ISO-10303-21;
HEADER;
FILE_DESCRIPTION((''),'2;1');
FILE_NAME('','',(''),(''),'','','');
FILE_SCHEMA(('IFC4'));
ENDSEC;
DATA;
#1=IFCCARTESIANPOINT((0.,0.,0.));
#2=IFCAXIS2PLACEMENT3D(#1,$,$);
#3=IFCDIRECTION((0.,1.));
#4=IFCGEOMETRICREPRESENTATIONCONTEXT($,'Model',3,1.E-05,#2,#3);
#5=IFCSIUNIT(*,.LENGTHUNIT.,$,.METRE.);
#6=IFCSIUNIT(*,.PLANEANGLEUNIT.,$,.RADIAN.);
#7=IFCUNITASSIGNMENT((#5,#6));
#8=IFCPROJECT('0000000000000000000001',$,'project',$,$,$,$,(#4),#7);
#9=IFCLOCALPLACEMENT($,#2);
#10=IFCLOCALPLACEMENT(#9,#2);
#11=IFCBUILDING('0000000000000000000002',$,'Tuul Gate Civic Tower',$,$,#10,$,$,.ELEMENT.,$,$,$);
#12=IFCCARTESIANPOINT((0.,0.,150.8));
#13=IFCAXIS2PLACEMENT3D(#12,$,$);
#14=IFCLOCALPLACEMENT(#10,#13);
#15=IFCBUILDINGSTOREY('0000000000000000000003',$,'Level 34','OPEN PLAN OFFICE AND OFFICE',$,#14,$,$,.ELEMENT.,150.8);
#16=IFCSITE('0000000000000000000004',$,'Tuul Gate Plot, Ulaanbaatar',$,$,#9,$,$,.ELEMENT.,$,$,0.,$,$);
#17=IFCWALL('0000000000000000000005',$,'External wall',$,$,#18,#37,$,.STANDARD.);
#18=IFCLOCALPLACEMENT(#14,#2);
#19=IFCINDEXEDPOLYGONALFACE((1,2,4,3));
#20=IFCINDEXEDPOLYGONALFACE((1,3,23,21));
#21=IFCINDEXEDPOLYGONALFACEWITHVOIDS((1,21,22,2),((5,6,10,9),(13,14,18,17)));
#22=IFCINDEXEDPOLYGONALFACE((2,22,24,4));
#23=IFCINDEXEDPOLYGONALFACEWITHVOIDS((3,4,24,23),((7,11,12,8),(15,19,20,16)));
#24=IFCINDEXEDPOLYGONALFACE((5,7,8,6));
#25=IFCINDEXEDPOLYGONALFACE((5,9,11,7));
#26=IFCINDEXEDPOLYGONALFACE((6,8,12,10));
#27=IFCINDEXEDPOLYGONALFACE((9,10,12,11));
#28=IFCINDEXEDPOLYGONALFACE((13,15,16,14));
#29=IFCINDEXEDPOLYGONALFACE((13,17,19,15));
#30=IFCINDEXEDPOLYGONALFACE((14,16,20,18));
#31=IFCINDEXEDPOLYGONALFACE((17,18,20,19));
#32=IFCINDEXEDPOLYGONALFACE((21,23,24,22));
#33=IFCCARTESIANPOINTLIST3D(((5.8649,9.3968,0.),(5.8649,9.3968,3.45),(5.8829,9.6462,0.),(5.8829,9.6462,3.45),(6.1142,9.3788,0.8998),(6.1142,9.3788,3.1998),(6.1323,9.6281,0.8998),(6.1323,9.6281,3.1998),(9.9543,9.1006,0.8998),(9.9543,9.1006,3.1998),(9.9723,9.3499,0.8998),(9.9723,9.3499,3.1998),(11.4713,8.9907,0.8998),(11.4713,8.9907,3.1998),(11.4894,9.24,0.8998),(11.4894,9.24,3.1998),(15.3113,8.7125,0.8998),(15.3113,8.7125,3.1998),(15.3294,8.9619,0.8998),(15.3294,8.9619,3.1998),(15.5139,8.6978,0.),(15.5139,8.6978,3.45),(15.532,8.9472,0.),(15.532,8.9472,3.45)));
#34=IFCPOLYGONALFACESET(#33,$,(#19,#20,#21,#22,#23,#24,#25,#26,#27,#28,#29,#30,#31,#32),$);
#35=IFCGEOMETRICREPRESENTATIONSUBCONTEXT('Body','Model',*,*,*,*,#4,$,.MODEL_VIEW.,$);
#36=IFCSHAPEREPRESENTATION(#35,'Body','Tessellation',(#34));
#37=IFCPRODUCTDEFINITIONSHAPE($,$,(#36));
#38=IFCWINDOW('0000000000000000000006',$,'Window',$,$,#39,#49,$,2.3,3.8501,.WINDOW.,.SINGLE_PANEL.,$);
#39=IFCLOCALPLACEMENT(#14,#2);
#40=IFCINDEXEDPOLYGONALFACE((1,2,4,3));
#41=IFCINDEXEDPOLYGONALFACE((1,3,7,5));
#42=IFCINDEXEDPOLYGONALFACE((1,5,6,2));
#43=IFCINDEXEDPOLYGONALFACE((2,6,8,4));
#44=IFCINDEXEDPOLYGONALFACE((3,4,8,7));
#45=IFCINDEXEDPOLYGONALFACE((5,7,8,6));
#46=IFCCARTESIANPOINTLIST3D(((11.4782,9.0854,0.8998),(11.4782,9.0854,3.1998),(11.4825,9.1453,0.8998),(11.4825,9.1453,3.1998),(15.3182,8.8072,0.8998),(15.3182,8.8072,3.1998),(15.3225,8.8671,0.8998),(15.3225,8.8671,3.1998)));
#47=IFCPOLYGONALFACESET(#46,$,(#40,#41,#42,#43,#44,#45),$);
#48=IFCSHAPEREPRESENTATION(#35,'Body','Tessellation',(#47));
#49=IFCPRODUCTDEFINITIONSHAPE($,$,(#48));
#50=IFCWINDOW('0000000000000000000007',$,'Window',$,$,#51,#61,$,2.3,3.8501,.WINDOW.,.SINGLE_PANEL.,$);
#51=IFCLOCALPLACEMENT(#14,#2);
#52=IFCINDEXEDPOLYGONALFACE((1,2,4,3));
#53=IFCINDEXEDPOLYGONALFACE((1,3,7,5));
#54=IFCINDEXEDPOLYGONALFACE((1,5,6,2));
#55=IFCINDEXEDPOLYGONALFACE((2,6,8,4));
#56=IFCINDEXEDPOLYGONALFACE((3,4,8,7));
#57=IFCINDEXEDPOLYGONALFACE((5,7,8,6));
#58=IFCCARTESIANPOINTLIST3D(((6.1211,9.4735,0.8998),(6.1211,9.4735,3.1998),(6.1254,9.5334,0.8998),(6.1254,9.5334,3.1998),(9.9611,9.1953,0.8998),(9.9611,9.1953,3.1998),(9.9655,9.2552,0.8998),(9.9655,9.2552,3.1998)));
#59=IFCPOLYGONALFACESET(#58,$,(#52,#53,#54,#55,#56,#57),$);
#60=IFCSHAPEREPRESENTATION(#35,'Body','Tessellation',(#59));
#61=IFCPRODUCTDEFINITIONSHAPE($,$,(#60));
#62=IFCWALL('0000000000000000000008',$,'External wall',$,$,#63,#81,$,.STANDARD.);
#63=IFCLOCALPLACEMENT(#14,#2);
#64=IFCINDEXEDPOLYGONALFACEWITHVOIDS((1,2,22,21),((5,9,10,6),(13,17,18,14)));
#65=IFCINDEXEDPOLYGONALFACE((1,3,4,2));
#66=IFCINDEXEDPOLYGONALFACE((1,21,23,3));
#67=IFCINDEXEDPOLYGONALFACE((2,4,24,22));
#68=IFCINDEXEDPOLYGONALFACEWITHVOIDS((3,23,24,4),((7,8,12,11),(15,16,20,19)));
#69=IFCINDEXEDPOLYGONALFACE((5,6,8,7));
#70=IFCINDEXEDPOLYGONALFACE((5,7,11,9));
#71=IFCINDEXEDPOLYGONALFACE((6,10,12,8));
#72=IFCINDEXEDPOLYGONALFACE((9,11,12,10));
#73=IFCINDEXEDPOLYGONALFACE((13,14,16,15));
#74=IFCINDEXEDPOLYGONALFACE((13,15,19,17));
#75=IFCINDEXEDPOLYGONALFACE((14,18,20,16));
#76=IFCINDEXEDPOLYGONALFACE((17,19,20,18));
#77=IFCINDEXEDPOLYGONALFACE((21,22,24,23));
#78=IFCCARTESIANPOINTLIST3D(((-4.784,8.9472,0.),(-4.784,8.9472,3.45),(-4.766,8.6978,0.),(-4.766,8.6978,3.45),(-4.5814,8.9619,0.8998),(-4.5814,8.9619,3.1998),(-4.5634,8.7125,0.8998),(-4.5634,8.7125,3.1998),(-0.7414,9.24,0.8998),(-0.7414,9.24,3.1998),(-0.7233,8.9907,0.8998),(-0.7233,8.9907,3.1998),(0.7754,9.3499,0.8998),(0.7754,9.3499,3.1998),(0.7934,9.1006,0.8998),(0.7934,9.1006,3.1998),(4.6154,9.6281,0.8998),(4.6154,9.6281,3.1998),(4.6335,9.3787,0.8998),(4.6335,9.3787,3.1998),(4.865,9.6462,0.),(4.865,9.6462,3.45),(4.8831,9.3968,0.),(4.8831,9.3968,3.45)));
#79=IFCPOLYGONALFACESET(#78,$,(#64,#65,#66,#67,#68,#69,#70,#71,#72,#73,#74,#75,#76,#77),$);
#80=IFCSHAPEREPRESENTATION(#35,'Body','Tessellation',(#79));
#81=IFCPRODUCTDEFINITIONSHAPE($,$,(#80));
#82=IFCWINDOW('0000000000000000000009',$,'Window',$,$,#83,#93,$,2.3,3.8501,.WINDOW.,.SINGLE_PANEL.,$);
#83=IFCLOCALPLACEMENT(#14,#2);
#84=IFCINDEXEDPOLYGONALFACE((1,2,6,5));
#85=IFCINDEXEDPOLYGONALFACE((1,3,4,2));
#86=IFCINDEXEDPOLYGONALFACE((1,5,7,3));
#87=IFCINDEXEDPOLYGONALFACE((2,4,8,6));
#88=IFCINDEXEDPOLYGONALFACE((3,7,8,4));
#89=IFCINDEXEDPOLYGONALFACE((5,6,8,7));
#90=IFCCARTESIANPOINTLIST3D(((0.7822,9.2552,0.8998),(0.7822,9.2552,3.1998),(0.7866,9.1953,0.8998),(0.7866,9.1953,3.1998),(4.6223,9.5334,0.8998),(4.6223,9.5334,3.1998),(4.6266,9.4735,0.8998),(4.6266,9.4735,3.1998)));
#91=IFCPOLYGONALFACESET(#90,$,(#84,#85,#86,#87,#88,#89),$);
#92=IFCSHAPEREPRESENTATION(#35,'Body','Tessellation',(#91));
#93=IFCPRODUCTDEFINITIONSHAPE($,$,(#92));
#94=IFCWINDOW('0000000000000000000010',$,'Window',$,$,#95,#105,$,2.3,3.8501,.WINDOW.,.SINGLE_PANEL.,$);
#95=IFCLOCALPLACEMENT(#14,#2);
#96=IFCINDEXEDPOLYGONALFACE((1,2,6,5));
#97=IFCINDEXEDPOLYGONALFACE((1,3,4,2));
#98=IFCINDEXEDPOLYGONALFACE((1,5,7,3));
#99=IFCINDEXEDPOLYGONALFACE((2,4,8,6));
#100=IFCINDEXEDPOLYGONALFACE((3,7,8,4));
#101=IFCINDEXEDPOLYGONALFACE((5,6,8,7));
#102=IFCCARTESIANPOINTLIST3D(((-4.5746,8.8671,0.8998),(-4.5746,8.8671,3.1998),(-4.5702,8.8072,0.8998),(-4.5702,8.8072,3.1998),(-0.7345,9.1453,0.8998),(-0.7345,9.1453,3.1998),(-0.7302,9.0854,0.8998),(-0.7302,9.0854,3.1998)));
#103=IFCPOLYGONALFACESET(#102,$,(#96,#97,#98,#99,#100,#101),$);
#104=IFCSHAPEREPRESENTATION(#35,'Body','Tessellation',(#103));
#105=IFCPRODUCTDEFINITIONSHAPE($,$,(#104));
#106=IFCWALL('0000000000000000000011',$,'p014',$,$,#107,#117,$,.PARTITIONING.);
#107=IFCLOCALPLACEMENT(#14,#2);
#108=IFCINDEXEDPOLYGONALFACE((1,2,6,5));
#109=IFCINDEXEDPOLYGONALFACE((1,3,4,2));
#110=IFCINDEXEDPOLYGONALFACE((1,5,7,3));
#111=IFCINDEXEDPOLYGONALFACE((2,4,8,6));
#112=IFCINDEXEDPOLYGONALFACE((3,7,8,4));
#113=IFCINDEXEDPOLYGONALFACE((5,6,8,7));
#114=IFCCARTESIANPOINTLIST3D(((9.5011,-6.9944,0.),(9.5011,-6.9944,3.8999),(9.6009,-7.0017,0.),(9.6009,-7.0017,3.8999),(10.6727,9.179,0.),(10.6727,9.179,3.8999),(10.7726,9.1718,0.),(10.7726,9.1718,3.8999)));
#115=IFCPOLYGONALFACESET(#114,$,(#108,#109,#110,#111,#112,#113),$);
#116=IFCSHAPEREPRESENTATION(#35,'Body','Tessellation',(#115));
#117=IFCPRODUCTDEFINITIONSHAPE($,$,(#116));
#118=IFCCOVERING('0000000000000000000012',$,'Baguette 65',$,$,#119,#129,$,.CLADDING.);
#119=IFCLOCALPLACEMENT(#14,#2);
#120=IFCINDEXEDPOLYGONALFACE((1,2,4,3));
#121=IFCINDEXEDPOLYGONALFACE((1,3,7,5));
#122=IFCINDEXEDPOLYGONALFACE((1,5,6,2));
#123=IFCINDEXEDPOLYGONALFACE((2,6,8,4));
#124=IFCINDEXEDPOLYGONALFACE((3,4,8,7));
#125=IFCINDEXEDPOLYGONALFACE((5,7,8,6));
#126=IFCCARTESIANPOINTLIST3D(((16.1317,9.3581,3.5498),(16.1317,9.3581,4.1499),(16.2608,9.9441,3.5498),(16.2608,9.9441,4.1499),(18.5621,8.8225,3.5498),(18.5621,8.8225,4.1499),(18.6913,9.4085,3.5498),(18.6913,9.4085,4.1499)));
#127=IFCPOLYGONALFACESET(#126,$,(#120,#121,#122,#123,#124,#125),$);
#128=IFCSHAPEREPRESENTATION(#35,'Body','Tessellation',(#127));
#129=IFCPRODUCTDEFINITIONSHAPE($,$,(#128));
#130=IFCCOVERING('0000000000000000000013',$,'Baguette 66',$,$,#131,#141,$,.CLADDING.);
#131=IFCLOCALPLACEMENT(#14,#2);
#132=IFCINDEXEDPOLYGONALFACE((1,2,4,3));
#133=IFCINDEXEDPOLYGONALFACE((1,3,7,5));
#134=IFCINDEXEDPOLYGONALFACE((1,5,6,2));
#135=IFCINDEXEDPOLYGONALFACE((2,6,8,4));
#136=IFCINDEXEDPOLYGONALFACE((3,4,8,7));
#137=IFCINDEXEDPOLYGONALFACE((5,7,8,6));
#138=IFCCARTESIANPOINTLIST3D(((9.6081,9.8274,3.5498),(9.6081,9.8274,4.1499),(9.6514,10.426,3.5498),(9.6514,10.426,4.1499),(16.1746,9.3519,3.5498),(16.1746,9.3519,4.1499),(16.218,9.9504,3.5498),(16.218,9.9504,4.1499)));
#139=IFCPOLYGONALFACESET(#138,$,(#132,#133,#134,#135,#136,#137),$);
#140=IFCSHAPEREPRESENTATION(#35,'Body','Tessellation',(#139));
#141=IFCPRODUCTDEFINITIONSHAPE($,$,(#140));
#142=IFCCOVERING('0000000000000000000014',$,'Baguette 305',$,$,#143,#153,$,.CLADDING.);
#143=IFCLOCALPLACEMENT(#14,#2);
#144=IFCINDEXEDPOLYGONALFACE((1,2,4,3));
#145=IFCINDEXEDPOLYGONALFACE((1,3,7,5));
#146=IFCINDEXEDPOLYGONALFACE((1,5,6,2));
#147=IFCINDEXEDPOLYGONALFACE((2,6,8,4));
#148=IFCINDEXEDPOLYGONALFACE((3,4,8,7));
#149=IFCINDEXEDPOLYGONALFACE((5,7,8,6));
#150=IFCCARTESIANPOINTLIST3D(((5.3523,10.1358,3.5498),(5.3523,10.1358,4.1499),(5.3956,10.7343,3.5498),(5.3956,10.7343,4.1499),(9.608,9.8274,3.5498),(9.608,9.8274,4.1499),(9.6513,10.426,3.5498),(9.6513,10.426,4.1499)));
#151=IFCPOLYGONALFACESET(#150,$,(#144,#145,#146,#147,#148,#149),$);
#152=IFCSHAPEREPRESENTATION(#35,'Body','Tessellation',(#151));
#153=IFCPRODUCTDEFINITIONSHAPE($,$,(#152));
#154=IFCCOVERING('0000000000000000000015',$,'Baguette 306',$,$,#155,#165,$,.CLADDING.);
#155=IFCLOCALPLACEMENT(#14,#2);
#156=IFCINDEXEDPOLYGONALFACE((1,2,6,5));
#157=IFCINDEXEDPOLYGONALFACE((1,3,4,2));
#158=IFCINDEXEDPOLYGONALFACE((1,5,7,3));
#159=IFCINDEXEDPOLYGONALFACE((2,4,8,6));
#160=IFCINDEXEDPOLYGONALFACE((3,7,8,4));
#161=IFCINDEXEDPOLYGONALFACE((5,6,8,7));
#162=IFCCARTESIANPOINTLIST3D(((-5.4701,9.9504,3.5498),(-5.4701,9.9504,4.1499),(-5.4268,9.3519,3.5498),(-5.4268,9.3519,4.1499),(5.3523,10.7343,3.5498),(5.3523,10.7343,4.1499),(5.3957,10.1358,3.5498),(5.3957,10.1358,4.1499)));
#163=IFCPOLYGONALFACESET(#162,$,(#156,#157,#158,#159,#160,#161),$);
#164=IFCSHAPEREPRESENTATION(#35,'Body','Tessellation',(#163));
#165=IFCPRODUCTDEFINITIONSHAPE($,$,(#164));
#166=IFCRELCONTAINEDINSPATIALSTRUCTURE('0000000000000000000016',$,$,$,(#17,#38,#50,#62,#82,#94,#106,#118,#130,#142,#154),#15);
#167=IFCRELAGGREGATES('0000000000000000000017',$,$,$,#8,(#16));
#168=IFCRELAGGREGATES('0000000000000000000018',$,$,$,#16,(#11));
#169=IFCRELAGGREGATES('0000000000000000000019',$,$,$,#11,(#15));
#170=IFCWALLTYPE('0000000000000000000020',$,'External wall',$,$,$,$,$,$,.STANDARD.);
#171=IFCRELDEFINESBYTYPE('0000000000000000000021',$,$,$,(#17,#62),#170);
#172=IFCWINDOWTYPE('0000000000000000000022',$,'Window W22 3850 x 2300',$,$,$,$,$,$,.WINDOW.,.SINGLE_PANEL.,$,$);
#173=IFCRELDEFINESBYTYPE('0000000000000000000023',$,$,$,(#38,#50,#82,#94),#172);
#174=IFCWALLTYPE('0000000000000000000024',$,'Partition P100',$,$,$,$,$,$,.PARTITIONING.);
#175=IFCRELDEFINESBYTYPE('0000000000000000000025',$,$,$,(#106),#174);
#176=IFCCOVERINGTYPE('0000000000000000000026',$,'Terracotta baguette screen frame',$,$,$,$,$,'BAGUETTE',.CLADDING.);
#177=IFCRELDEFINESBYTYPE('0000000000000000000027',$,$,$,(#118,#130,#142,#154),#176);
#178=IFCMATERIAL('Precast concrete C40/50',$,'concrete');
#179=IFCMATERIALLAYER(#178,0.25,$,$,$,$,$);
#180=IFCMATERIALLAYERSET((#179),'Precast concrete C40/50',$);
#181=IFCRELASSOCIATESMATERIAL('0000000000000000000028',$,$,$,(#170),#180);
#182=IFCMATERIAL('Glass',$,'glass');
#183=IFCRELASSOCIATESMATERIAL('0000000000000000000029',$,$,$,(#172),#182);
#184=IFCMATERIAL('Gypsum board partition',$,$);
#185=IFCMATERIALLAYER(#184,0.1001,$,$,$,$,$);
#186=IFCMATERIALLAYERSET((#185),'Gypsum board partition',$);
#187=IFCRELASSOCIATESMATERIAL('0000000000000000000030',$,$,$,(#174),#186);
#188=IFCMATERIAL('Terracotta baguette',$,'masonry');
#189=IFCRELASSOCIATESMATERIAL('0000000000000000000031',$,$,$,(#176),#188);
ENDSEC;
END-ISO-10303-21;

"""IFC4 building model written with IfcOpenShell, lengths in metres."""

from ifc_helpers import new_model, si_unit, direction, frame, frame_2d, origin, origin_2d, place, context, subcontext, project, spatial, rectangle, extrude, material, layer, layer_set, material_profile, profile_set, type_object, element, fill, save


model = new_model("IFC4")

# Units and contexts
model_context = context("Model", 3, precision=1e-05, world=origin(), true_north=direction((0.0, 1.0)))
body_context = subcontext(model_context, "Body", "Model", "MODEL_VIEW")
ifc_project = project(units=[si_unit("LENGTHUNIT", "METRE"), si_unit("PLANEANGLEUNIT", "RADIAN")], contexts=[model_context])

# Site, building, storey
site_placement = place(None, origin())
site = spatial("IfcSite", under=ifc_project, at=site_placement, Name="Tuul Gate Plot, Ulaanbaatar", CompositionType="ELEMENT", RefElevation=0.0)
building_placement = place(site_placement, origin())
building = spatial("IfcBuilding", under=site, at=building_placement, Name="Tuul Gate Civic Tower", CompositionType="ELEMENT")
storey_placement = place(building_placement, frame((0.0, 0.0, 150.8)))
storey = spatial("IfcBuildingStorey", under=building, at=storey_placement, Name="Level 34", Description="OPEN PLAN OFFICE AND OFFICE", CompositionType="ELEMENT", Elevation=150.8)

# Walls, openings, windows
ifc_material_1 = material(Name="Precast concrete C40/50", Category="concrete")
ifc_layer_1 = layer(ifc_material_1, 0.25)
ifc_layer_set_1 = layer_set([ifc_layer_1], Name="Precast concrete C40/50")
wall_type_1 = type_object("IfcWallType", Name="External wall", PredefinedType="STANDARD", material=ifc_layer_set_1)
wall_1_placement = place(storey_placement, frame((15.5229, 8.8225, 0.0), z_axis=(0.0, 0.0, 1.0), x_axis=(-0.997386, 0.072251, 0.0)))
wall_1 = element("IfcWall", 1, at=wall_1_placement, inside=storey, type_object=wall_type_1, Name="External wall", PredefinedType="STANDARD", context=body_context, shape_type="SweptSolid", body=[
    extrude(rectangle(XDim=9.6743, YDim=0.25, at=frame_2d((4.8372, 0.0))), origin(), (0.0, 0.0, 1.0), 3.45),
])
opening_1_placement = place(wall_1_placement, frame((0.2031, 0.0, 0.8999)))
opening_1 = element("IfcOpeningElement", 2, at=opening_1_placement, cuts=wall_1, PredefinedType="OPENING", context=body_context, shape_type="SweptSolid", body=[
    extrude(rectangle(XDim=3.8501, YDim=2.3, at=frame_2d((1.925, 1.1499))), frame((0.0, 0.135, 0.0), z_axis=(0.0, -1.0, 0.0), x_axis=(1.0, 0.0, 0.0)), (0.0, 0.0, 1.0), 0.27),
])
opening_2_placement = place(wall_1_placement, frame((5.5742, 0.0, 0.8999)))
opening_2 = element("IfcOpeningElement", 3, at=opening_2_placement, cuts=wall_1, PredefinedType="OPENING", context=body_context, shape_type="SweptSolid", body=[
    extrude(rectangle(XDim=3.8501, YDim=2.3, at=frame_2d((1.925, 1.1499))), frame((0.0, 0.135, 0.0), z_axis=(0.0, -1.0, 0.0), x_axis=(1.0, 0.0, 0.0)), (0.0, 0.0, 1.0), 0.27),
])
ifc_material_2 = material(Name="Glass", Category="glass")
window_type = type_object("IfcWindowType", Name="Window W22 3850 x 2300", PartitioningType="SINGLE_PANEL", PredefinedType="WINDOW", material=ifc_material_2)
window_1_placement = place(opening_1_placement, origin())
window_1 = element("IfcWindow", 4, at=window_1_placement, inside=storey, type_object=window_type, Name="Window", OverallHeight=2.3, OverallWidth=3.8501, PartitioningType="SINGLE_PANEL", PredefinedType="WINDOW", context=body_context, shape_type="SweptSolid", body=[
    extrude(rectangle(XDim=3.8501, YDim=2.3, at=frame_2d((1.925, 1.1499))), frame((0.0, 0.03, 0.0), z_axis=(0.0, -1.0, 0.0), x_axis=(1.0, 0.0, 0.0)), (0.0, 0.0, 1.0), 0.0601),
])
fill(opening_1, window_1)
window_2_placement = place(opening_2_placement, origin())
window_2 = element("IfcWindow", 5, at=window_2_placement, inside=storey, type_object=window_type, Name="Window", OverallHeight=2.3, OverallWidth=3.8501, PartitioningType="SINGLE_PANEL", PredefinedType="WINDOW", context=body_context, shape_type="SweptSolid", body=[
    extrude(rectangle(XDim=3.8501, YDim=2.3, at=frame_2d((1.925, 1.1499))), frame((0.0, 0.03, 0.0), z_axis=(0.0, -1.0, 0.0), x_axis=(1.0, 0.0, 0.0)), (0.0, 0.0, 1.0), 0.0601),
])
fill(opening_2, window_2)
wall_2_placement = place(storey_placement, frame((4.874, 9.5215, 0.0), z_axis=(0.0, 0.0, 1.0), x_axis=(-0.997386, -0.072251, 0.0)))
wall_2 = element("IfcWall", 6, at=wall_2_placement, inside=storey, type_object=wall_type_1, Name="External wall", PredefinedType="STANDARD", context=body_context, shape_type="SweptSolid", body=[
    extrude(rectangle(XDim=9.6743, YDim=0.25, at=frame_2d((4.8372, 0.0))), origin(), (0.0, 0.0, 1.0), 3.45),
])
opening_3_placement = place(wall_2_placement, frame((0.2502, 0.0, 0.8999)))
opening_3 = element("IfcOpeningElement", 7, at=opening_3_placement, cuts=wall_2, PredefinedType="OPENING", context=body_context, shape_type="SweptSolid", body=[
    extrude(rectangle(XDim=3.8501, YDim=2.3, at=frame_2d((1.925, 1.1499))), frame((0.0, 0.135, 0.0), z_axis=(0.0, -1.0, 0.0), x_axis=(1.0, 0.0, 0.0)), (0.0, 0.0, 1.0), 0.27),
])
opening_4_placement = place(wall_2_placement, frame((5.6211, 0.0, 0.8999)))
opening_4 = element("IfcOpeningElement", 8, at=opening_4_placement, cuts=wall_2, PredefinedType="OPENING", context=body_context, shape_type="SweptSolid", body=[
    extrude(rectangle(XDim=3.8501, YDim=2.3, at=frame_2d((1.925, 1.1499))), frame((0.0, 0.135, 0.0), z_axis=(0.0, -1.0, 0.0), x_axis=(1.0, 0.0, 0.0)), (0.0, 0.0, 1.0), 0.27),
])
window_3_placement = place(opening_3_placement, origin())
window_3 = element("IfcWindow", 9, at=window_3_placement, inside=storey, type_object=window_type, Name="Window", OverallHeight=2.3, OverallWidth=3.8501, PartitioningType="SINGLE_PANEL", PredefinedType="WINDOW", context=body_context, shape_type="SweptSolid", body=[
    extrude(rectangle(XDim=3.8501, YDim=2.3, at=frame_2d((1.925, 1.1499))), frame((0.0, 0.03, 0.0), z_axis=(0.0, -1.0, 0.0), x_axis=(1.0, 0.0, 0.0)), (0.0, 0.0, 1.0), 0.0601),
])
fill(opening_3, window_3)
window_4_placement = place(opening_4_placement, origin())
window_4 = element("IfcWindow", 10, at=window_4_placement, inside=storey, type_object=window_type, Name="Window", OverallHeight=2.3, OverallWidth=3.8501, PartitioningType="SINGLE_PANEL", PredefinedType="WINDOW", context=body_context, shape_type="SweptSolid", body=[
    extrude(rectangle(XDim=3.8501, YDim=2.3, at=frame_2d((1.925, 1.1499))), frame((0.0, 0.03, 0.0), z_axis=(0.0, -1.0, 0.0), x_axis=(1.0, 0.0, 0.0)), (0.0, 0.0, 1.0), 0.0601),
])
fill(opening_4, window_4)

# Wall
ifc_material_3 = material(Name="Gypsum board partition")
ifc_layer_2 = layer(ifc_material_3, 0.1001)
ifc_layer_set_2 = layer_set([ifc_layer_2], Name="Gypsum board partition")
wall_type_2 = type_object("IfcWallType", Name="Partition P100", PredefinedType="PARTITIONING", material=ifc_layer_set_2)
wall_3_placement = place(storey_placement, frame((9.551, -6.998, 0.0), z_axis=(0.0, 0.0, 1.0), x_axis=(0.072253, 0.997386, 0.0)))
element("IfcWall", 11, at=wall_3_placement, inside=storey, type_object=wall_type_2, Name="p014", PredefinedType="PARTITIONING", context=body_context, shape_type="SweptSolid", body=[
    extrude(rectangle(XDim=16.2158, YDim=0.1001, at=frame_2d((8.1079, 0.0))), origin(), (0.0, 0.0, 1.0), 3.8999),
])

# Coverings
ifc_material_4 = material(Name="Terracotta baguette", Category="masonry")
ifc_material_profile_1 = material_profile(ifc_material_4, rectangle(XDim=0.6001, YDim=0.6001, at=origin_2d()), Name="Terracotta baguette screen frame")
ifc_profile_set_1 = profile_set([ifc_material_profile_1], Name="Terracotta baguette")
covering_type = type_object("IfcCoveringType", Name="Terracotta baguette screen frame", ElementType="BAGUETTE", PredefinedType="CLADDING", material=ifc_profile_set_1)
covering_1_placement = place(storey_placement, frame((18.6267, 9.1155, 3.8499), z_axis=(-0.976564, 0.215227, 0.0), x_axis=(-0.215227, -0.976564, 0.0)))
element("IfcCovering", 12, at=covering_1_placement, inside=storey, type_object=covering_type, Name="Baguette 65", PredefinedType="CLADDING", context=body_context, shape_type="SweptSolid", body=[
    extrude(rectangle(XDim=0.6001, YDim=0.6001, at=origin_2d()), origin(), (0.0, 0.0, 1.0), 2.4888),
])
covering_2_placement = place(storey_placement, frame((16.1963, 9.6511, 3.8499), z_axis=(-0.997388, 0.072235, 0.0), x_axis=(-0.072235, -0.997388, 0.0)))
element("IfcCovering", 13, at=covering_2_placement, inside=storey, type_object=covering_type, Name="Baguette 66", PredefinedType="CLADDING", context=body_context, shape_type="SweptSolid", body=[
    extrude(rectangle(XDim=0.6001, YDim=0.6001, at=origin_2d()), origin(), (0.0, 0.0, 1.0), 6.5837),
])
covering_3_placement = place(storey_placement, frame((9.6296, 10.1267, 3.8499), z_axis=(-0.997385, 0.072268, 0.0), x_axis=(-0.072268, -0.997385, 0.0)))
element("IfcCovering", 14, at=covering_3_placement, inside=storey, type_object=covering_type, Name="Baguette 305", PredefinedType="CLADDING", context=body_context, shape_type="SweptSolid", body=[
    extrude(rectangle(XDim=0.6001, YDim=0.6001, at=origin_2d()), origin(), (0.0, 0.0, 1.0), 4.2668),
])
covering_4_placement = place(storey_placement, frame((5.374, 10.4351, 3.8499), z_axis=(-0.997387, -0.072246, 0.0), x_axis=(0.072246, -0.997387, 0.0)))
element("IfcCovering", 15, at=covering_4_placement, inside=storey, type_object=covering_type, Name="Baguette 306", PredefinedType="CLADDING", context=body_context, shape_type="SweptSolid", body=[
    extrude(rectangle(XDim=0.6001, YDim=0.6001, at=origin_2d()), origin(), (0.0, 0.0, 1.0), 10.8508),
])

save(model, "model.ifc")
